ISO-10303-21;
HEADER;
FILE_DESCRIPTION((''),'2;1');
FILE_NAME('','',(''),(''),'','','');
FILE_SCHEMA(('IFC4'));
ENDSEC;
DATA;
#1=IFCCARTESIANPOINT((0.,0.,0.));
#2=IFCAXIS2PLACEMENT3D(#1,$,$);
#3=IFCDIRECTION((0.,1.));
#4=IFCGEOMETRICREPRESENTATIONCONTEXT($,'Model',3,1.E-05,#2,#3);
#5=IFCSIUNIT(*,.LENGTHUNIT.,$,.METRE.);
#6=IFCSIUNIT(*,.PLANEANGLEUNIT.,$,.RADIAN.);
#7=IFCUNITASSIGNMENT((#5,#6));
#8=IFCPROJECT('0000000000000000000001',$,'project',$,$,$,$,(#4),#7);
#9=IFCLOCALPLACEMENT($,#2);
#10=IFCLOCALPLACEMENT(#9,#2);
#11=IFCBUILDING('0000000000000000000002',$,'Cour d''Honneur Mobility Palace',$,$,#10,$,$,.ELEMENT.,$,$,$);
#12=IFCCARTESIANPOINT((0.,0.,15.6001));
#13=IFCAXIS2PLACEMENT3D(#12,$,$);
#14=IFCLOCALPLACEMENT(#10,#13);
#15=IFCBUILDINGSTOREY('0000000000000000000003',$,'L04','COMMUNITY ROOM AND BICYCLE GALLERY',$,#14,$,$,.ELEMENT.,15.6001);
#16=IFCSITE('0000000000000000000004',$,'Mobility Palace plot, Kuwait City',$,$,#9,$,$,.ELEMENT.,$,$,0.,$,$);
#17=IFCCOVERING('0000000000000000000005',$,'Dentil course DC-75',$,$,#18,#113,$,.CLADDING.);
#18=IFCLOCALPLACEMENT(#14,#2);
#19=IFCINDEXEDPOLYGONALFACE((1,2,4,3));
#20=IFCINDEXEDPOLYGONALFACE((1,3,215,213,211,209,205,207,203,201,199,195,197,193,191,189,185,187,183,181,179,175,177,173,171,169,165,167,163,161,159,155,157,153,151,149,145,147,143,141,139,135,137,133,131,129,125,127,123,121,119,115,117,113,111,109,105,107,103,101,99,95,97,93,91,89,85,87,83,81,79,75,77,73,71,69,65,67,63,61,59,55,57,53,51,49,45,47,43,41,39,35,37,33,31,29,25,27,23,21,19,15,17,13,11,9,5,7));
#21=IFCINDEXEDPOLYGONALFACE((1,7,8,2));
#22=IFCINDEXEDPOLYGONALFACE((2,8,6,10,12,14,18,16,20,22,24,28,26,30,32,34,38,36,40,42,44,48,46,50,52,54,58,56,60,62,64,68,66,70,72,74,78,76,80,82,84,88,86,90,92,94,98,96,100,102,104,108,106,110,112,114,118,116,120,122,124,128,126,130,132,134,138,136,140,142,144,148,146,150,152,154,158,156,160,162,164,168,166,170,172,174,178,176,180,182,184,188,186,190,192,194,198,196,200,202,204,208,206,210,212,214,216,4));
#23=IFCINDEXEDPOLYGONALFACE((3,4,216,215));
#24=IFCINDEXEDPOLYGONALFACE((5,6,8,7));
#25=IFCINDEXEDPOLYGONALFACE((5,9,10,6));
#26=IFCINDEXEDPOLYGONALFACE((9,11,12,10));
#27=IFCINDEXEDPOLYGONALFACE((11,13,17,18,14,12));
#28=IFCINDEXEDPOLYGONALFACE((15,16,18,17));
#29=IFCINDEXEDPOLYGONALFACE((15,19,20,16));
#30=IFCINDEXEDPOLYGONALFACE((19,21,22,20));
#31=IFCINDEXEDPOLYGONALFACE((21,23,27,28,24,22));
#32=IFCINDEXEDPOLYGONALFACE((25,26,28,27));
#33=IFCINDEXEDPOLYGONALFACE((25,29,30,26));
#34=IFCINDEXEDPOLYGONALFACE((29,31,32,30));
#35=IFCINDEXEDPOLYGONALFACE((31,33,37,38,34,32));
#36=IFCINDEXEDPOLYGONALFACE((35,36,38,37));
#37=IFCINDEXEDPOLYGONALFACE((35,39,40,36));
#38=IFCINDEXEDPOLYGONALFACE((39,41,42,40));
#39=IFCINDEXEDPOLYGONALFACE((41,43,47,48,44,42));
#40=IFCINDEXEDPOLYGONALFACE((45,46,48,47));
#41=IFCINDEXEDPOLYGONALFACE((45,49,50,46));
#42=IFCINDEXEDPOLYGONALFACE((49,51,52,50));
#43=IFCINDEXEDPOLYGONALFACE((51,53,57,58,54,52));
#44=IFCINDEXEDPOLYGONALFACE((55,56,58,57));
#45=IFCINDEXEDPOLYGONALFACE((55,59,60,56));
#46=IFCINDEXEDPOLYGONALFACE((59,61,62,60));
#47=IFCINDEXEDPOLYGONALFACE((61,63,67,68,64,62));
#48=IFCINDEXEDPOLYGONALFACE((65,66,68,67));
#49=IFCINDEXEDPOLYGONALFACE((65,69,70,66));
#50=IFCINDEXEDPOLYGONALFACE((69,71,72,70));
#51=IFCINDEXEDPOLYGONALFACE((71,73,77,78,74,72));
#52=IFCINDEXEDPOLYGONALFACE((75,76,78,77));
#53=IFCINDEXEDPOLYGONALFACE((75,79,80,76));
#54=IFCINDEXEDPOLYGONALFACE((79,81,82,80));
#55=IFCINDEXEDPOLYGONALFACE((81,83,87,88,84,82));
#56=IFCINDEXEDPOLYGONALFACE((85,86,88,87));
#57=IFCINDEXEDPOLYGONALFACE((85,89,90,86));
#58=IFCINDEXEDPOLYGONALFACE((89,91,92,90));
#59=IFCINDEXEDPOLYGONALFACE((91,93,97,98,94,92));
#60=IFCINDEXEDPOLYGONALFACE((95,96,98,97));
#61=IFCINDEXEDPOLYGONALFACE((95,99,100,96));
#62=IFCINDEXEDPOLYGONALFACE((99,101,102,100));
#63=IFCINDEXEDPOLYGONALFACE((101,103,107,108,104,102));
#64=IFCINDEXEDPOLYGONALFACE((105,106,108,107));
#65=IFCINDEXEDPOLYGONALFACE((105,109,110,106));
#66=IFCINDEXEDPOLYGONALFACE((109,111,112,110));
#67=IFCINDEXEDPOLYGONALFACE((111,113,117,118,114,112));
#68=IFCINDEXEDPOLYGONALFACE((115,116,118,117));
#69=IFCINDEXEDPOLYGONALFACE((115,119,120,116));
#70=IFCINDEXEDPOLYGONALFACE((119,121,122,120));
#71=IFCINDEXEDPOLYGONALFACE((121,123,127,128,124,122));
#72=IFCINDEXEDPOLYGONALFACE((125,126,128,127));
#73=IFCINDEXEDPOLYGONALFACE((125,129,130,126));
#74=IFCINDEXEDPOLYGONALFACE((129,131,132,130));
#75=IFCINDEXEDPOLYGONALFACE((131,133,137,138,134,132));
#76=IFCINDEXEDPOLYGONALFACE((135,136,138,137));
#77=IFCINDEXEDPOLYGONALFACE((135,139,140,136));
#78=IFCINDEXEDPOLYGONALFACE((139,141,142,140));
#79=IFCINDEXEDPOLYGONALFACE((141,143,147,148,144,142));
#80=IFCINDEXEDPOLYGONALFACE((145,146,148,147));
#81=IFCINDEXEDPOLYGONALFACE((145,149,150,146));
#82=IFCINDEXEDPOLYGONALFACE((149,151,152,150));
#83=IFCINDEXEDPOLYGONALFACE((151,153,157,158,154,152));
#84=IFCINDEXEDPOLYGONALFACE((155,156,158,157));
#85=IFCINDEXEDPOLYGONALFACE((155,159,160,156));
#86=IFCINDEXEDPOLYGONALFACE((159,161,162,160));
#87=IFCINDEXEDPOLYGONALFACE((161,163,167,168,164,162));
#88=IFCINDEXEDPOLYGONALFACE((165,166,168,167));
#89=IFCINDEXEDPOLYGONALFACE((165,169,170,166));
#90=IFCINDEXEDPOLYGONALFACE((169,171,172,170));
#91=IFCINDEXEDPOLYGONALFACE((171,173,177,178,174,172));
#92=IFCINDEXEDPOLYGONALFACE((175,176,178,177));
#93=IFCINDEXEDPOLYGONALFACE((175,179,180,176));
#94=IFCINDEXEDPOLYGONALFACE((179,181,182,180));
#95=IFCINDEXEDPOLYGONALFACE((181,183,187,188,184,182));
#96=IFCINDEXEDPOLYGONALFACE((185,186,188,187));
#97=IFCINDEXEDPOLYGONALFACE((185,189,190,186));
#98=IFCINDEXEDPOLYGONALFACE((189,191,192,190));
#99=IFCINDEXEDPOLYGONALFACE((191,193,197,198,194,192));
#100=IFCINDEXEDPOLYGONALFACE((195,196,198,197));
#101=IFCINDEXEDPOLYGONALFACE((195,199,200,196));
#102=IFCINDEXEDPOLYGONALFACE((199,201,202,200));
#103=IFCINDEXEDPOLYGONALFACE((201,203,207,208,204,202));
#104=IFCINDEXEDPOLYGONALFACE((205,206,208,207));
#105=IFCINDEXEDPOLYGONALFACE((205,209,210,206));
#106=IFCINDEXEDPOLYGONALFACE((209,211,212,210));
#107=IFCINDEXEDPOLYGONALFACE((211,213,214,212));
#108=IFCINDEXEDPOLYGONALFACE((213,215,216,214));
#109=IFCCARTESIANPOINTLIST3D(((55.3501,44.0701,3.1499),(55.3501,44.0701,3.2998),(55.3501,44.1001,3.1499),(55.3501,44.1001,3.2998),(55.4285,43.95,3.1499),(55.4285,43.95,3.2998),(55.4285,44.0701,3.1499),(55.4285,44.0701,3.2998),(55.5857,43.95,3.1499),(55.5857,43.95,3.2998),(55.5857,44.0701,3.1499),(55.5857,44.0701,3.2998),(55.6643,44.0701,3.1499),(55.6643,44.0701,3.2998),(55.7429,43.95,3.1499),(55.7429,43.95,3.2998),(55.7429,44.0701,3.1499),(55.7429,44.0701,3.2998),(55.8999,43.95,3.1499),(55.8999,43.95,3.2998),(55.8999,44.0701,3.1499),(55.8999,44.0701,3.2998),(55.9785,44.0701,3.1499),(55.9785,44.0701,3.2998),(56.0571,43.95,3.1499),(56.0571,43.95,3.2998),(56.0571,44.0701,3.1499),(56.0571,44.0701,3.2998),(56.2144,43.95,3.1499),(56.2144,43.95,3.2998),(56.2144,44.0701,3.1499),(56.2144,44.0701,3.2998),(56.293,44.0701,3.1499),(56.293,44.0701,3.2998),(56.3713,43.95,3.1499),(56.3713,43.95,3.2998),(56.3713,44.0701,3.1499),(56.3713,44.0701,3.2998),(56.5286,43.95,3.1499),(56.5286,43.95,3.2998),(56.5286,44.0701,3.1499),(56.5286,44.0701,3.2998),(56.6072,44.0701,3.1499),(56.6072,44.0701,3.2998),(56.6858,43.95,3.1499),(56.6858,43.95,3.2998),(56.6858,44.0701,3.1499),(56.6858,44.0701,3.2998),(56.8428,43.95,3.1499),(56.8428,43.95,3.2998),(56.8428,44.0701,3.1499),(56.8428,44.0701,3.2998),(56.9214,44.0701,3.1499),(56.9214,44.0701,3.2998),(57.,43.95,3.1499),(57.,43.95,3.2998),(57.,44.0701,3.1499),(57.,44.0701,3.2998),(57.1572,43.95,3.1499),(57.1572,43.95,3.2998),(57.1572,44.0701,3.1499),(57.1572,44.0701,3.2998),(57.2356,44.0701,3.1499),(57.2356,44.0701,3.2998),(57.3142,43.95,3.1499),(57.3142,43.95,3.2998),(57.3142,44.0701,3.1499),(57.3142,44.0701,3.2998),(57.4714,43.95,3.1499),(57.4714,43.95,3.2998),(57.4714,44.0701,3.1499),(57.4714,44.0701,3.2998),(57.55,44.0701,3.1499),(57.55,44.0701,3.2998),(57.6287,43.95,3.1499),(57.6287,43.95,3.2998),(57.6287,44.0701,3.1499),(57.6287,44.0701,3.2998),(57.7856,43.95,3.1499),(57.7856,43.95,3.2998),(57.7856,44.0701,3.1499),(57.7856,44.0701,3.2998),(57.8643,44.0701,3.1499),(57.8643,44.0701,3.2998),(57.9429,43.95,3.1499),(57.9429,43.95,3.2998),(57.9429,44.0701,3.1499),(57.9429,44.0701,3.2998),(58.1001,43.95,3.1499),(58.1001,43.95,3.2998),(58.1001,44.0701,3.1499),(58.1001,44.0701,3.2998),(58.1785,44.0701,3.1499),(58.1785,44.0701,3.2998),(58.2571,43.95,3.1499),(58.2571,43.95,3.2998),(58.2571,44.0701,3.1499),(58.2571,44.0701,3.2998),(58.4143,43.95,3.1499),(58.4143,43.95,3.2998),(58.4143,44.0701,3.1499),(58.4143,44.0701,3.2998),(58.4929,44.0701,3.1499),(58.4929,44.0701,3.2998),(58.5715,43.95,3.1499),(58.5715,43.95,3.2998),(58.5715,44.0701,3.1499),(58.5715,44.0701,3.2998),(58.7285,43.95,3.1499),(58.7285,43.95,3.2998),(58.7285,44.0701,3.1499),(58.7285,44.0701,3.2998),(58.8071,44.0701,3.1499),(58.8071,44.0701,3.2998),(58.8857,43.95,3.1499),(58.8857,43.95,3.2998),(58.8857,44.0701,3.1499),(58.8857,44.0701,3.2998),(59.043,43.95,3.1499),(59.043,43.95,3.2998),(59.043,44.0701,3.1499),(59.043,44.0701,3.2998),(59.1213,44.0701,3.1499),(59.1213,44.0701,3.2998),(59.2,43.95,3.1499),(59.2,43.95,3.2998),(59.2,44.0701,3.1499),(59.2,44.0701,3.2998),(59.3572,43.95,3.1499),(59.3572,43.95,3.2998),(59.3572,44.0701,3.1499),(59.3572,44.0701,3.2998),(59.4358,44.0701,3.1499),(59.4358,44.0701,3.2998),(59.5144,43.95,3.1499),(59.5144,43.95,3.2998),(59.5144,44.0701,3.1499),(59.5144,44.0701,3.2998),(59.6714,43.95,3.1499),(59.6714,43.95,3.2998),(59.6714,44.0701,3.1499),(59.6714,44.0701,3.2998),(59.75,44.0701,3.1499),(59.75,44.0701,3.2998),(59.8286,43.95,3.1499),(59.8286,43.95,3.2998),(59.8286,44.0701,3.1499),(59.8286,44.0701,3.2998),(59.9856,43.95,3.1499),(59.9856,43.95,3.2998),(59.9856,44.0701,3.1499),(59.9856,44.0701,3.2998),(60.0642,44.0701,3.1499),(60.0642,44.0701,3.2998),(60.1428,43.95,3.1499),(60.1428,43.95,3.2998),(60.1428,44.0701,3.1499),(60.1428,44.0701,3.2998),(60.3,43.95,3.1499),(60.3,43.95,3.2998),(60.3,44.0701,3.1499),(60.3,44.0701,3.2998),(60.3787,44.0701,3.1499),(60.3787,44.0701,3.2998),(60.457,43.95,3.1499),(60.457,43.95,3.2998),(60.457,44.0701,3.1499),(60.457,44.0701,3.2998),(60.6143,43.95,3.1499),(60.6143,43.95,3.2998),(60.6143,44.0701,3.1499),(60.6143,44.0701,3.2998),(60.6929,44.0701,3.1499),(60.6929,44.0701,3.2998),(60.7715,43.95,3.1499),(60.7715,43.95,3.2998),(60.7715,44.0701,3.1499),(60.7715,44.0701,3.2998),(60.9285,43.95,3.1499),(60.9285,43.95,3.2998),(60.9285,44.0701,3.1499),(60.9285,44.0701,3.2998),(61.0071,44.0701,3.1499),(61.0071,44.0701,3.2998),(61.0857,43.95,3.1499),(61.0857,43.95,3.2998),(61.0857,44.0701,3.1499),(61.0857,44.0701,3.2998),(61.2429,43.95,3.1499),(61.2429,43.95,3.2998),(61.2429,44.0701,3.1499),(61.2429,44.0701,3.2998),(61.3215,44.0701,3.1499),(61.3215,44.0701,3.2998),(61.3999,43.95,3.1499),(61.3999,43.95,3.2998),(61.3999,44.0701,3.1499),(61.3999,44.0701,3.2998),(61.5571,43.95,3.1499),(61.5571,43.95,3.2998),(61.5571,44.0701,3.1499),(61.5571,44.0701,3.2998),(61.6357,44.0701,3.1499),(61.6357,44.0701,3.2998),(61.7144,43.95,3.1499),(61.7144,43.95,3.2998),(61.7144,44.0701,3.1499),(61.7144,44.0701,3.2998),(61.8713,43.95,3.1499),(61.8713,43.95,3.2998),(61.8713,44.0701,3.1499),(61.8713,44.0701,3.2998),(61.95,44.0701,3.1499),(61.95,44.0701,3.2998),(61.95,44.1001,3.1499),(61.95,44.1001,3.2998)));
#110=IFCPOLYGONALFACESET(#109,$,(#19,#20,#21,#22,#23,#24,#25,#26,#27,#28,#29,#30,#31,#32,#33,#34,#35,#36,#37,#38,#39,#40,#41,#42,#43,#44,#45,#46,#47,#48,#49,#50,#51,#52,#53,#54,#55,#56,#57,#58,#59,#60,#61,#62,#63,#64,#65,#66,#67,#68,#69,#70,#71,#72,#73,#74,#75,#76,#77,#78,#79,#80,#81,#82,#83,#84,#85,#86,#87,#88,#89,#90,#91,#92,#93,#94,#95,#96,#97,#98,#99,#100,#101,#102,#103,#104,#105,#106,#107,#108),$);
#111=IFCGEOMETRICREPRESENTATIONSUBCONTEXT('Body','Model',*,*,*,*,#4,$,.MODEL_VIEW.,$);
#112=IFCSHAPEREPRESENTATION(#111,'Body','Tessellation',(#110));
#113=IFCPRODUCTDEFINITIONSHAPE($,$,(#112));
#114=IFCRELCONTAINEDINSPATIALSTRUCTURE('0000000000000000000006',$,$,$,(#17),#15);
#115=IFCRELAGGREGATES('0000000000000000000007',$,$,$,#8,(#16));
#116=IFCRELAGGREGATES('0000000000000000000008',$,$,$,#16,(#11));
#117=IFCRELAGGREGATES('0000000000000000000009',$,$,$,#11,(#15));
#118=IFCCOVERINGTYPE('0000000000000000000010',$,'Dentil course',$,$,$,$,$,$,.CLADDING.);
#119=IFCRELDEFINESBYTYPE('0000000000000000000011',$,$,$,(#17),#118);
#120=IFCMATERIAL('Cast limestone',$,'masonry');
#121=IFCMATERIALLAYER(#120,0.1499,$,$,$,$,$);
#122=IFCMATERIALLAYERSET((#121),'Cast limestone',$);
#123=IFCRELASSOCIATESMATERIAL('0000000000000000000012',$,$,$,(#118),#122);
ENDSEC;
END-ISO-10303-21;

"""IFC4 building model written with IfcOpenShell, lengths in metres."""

from ifc_helpers import new_model, si_unit, direction, frame, origin, place, context, subcontext, project, spatial, polyline, outline, extrude, material, layer, layer_set, type_object, element, save


model = new_model("IFC4")

# Units and contexts
model_context = context("Model", 3, precision=1e-05, world=origin(), true_north=direction((0.0, 1.0)))
body_context = subcontext(model_context, "Body", "Model", "MODEL_VIEW")
ifc_project = project(units=[si_unit("LENGTHUNIT", "METRE"), si_unit("PLANEANGLEUNIT", "RADIAN")], contexts=[model_context])

# Site, building, storey
site_placement = place(None, origin())
site = spatial("IfcSite", under=ifc_project, at=site_placement, Name="Mobility Palace plot, Kuwait City", CompositionType="ELEMENT", RefElevation=0.0)
building_placement = place(site_placement, origin())
building = spatial("IfcBuilding", under=site, at=building_placement, Name="Cour d'Honneur Mobility Palace", CompositionType="ELEMENT")
storey_placement = place(building_placement, frame((0.0, 0.0, 15.6001)))
storey = spatial("IfcBuildingStorey", under=building, at=storey_placement, Name="L04", Description="COMMUNITY ROOM AND BICYCLE GALLERY", CompositionType="ELEMENT", Elevation=15.6001)

# Covering
ifc_material_1 = material(Name="Cast limestone", Category="masonry")
ifc_layer_1 = layer(ifc_material_1, 0.1499)
ifc_layer_set_1 = layer_set([ifc_layer_1], Name="Cast limestone")
covering_type_1 = type_object("IfcCoveringType", Name="Dentil course", PredefinedType="CLADDING", material=ifc_layer_set_1)
covering_1_placement = place(storey_placement, frame((0.0, 0.0, 3.1499)))
element("IfcCovering", 1, at=covering_1_placement, inside=storey, type_object=covering_type_1, Name="Dentil course DC-75", PredefinedType="CLADDING", context=body_context, shape_type="SweptSolid", body=[
    extrude(outline(polyline([(55.3501, 44.1001), (61.95, 44.1001), (61.95, 44.0701), (61.95, 44.0701), (61.8713, 44.0701), (61.8713, 43.95), (61.7144, 43.95), (61.7144, 44.0701), (61.6357, 44.0701), (61.6357, 44.0701), (61.5571, 44.0701), (61.5571, 43.95), (61.3999, 43.95), (61.3999, 44.0701), (61.3215, 44.0701), (61.3215, 44.0701), (61.2429, 44.0701), (61.2429, 43.95), (61.0857, 43.95), (61.0857, 44.0701), (61.0071, 44.0701), (61.0071, 44.0701), (60.9285, 44.0701), (60.9285, 43.95), (60.7715, 43.95), (60.7715, 44.0701), (60.6929, 44.0701), (60.6929, 44.0701), (60.6143, 44.0701), (60.6143, 43.95), (60.457, 43.95), (60.457, 44.0701), (60.3787, 44.0701), (60.3787, 44.0701), (60.3, 44.0701), (60.3, 43.95), (60.1428, 43.95), (60.1428, 44.0701), (60.0642, 44.0701), (60.0642, 44.0701), (59.9856, 44.0701), (59.9856, 43.95), (59.8286, 43.95), (59.8286, 44.0701), (59.75, 44.0701), (59.75, 44.0701), (59.6714, 44.0701), (59.6714, 43.95), (59.5144, 43.95), (59.5144, 44.0701), (59.4358, 44.0701), (59.4358, 44.0701), (59.3572, 44.0701), (59.3572, 43.95), (59.2, 43.95), (59.2, 44.0701), (59.1213, 44.0701), (59.1213, 44.0701), (59.043, 44.0701), (59.043, 43.95), (58.8857, 43.95), (58.8857, 44.0701), (58.8071, 44.0701), (58.8071, 44.0701), (58.7285, 44.0701), (58.7285, 43.95), (58.5715, 43.95), (58.5715, 44.0701), (58.4929, 44.0701), (58.4929, 44.0701), (58.4143, 44.0701), (58.4143, 43.95), (58.2571, 43.95), (58.2571, 44.0701), (58.1785, 44.0701), (58.1785, 44.0701), (58.1001, 44.0701), (58.1001, 43.95), (57.9429, 43.95), (57.9429, 44.0701), (57.8643, 44.0701), (57.8643, 44.0701), (57.7856, 44.0701), (57.7856, 43.95), (57.6287, 43.95), (57.6287, 44.0701), (57.55, 44.0701), (57.55, 44.0701), (57.4714, 44.0701), (57.4714, 43.95), (57.3142, 43.95), (57.3142, 44.0701), (57.2356, 44.0701), (57.2356, 44.0701), (57.1572, 44.0701), (57.1572, 43.95), (57.0, 43.95), (57.0, 44.0701), (56.9214, 44.0701), (56.9214, 44.0701), (56.8428, 44.0701), (56.8428, 43.95), (56.6858, 43.95), (56.6858, 44.0701), (56.6072, 44.0701), (56.6072, 44.0701), (56.5286, 44.0701), (56.5286, 43.95), (56.3713, 43.95), (56.3713, 44.0701), (56.293, 44.0701), (56.293, 44.0701), (56.2144, 44.0701), (56.2144, 43.95), (56.0571, 43.95), (56.0571, 44.0701), (55.9785, 44.0701), (55.9785, 44.0701), (55.8999, 44.0701), (55.8999, 43.95), (55.7429, 43.95), (55.7429, 44.0701), (55.6643, 44.0701), (55.6643, 44.0701), (55.5857, 44.0701), (55.5857, 43.95), (55.4285, 43.95), (55.4285, 44.0701), (55.3501, 44.0701), (55.3501, 44.1001)])), origin(), (0.0, 0.0, 1.0), 0.1499),
])

save(model, "model.ifc")
